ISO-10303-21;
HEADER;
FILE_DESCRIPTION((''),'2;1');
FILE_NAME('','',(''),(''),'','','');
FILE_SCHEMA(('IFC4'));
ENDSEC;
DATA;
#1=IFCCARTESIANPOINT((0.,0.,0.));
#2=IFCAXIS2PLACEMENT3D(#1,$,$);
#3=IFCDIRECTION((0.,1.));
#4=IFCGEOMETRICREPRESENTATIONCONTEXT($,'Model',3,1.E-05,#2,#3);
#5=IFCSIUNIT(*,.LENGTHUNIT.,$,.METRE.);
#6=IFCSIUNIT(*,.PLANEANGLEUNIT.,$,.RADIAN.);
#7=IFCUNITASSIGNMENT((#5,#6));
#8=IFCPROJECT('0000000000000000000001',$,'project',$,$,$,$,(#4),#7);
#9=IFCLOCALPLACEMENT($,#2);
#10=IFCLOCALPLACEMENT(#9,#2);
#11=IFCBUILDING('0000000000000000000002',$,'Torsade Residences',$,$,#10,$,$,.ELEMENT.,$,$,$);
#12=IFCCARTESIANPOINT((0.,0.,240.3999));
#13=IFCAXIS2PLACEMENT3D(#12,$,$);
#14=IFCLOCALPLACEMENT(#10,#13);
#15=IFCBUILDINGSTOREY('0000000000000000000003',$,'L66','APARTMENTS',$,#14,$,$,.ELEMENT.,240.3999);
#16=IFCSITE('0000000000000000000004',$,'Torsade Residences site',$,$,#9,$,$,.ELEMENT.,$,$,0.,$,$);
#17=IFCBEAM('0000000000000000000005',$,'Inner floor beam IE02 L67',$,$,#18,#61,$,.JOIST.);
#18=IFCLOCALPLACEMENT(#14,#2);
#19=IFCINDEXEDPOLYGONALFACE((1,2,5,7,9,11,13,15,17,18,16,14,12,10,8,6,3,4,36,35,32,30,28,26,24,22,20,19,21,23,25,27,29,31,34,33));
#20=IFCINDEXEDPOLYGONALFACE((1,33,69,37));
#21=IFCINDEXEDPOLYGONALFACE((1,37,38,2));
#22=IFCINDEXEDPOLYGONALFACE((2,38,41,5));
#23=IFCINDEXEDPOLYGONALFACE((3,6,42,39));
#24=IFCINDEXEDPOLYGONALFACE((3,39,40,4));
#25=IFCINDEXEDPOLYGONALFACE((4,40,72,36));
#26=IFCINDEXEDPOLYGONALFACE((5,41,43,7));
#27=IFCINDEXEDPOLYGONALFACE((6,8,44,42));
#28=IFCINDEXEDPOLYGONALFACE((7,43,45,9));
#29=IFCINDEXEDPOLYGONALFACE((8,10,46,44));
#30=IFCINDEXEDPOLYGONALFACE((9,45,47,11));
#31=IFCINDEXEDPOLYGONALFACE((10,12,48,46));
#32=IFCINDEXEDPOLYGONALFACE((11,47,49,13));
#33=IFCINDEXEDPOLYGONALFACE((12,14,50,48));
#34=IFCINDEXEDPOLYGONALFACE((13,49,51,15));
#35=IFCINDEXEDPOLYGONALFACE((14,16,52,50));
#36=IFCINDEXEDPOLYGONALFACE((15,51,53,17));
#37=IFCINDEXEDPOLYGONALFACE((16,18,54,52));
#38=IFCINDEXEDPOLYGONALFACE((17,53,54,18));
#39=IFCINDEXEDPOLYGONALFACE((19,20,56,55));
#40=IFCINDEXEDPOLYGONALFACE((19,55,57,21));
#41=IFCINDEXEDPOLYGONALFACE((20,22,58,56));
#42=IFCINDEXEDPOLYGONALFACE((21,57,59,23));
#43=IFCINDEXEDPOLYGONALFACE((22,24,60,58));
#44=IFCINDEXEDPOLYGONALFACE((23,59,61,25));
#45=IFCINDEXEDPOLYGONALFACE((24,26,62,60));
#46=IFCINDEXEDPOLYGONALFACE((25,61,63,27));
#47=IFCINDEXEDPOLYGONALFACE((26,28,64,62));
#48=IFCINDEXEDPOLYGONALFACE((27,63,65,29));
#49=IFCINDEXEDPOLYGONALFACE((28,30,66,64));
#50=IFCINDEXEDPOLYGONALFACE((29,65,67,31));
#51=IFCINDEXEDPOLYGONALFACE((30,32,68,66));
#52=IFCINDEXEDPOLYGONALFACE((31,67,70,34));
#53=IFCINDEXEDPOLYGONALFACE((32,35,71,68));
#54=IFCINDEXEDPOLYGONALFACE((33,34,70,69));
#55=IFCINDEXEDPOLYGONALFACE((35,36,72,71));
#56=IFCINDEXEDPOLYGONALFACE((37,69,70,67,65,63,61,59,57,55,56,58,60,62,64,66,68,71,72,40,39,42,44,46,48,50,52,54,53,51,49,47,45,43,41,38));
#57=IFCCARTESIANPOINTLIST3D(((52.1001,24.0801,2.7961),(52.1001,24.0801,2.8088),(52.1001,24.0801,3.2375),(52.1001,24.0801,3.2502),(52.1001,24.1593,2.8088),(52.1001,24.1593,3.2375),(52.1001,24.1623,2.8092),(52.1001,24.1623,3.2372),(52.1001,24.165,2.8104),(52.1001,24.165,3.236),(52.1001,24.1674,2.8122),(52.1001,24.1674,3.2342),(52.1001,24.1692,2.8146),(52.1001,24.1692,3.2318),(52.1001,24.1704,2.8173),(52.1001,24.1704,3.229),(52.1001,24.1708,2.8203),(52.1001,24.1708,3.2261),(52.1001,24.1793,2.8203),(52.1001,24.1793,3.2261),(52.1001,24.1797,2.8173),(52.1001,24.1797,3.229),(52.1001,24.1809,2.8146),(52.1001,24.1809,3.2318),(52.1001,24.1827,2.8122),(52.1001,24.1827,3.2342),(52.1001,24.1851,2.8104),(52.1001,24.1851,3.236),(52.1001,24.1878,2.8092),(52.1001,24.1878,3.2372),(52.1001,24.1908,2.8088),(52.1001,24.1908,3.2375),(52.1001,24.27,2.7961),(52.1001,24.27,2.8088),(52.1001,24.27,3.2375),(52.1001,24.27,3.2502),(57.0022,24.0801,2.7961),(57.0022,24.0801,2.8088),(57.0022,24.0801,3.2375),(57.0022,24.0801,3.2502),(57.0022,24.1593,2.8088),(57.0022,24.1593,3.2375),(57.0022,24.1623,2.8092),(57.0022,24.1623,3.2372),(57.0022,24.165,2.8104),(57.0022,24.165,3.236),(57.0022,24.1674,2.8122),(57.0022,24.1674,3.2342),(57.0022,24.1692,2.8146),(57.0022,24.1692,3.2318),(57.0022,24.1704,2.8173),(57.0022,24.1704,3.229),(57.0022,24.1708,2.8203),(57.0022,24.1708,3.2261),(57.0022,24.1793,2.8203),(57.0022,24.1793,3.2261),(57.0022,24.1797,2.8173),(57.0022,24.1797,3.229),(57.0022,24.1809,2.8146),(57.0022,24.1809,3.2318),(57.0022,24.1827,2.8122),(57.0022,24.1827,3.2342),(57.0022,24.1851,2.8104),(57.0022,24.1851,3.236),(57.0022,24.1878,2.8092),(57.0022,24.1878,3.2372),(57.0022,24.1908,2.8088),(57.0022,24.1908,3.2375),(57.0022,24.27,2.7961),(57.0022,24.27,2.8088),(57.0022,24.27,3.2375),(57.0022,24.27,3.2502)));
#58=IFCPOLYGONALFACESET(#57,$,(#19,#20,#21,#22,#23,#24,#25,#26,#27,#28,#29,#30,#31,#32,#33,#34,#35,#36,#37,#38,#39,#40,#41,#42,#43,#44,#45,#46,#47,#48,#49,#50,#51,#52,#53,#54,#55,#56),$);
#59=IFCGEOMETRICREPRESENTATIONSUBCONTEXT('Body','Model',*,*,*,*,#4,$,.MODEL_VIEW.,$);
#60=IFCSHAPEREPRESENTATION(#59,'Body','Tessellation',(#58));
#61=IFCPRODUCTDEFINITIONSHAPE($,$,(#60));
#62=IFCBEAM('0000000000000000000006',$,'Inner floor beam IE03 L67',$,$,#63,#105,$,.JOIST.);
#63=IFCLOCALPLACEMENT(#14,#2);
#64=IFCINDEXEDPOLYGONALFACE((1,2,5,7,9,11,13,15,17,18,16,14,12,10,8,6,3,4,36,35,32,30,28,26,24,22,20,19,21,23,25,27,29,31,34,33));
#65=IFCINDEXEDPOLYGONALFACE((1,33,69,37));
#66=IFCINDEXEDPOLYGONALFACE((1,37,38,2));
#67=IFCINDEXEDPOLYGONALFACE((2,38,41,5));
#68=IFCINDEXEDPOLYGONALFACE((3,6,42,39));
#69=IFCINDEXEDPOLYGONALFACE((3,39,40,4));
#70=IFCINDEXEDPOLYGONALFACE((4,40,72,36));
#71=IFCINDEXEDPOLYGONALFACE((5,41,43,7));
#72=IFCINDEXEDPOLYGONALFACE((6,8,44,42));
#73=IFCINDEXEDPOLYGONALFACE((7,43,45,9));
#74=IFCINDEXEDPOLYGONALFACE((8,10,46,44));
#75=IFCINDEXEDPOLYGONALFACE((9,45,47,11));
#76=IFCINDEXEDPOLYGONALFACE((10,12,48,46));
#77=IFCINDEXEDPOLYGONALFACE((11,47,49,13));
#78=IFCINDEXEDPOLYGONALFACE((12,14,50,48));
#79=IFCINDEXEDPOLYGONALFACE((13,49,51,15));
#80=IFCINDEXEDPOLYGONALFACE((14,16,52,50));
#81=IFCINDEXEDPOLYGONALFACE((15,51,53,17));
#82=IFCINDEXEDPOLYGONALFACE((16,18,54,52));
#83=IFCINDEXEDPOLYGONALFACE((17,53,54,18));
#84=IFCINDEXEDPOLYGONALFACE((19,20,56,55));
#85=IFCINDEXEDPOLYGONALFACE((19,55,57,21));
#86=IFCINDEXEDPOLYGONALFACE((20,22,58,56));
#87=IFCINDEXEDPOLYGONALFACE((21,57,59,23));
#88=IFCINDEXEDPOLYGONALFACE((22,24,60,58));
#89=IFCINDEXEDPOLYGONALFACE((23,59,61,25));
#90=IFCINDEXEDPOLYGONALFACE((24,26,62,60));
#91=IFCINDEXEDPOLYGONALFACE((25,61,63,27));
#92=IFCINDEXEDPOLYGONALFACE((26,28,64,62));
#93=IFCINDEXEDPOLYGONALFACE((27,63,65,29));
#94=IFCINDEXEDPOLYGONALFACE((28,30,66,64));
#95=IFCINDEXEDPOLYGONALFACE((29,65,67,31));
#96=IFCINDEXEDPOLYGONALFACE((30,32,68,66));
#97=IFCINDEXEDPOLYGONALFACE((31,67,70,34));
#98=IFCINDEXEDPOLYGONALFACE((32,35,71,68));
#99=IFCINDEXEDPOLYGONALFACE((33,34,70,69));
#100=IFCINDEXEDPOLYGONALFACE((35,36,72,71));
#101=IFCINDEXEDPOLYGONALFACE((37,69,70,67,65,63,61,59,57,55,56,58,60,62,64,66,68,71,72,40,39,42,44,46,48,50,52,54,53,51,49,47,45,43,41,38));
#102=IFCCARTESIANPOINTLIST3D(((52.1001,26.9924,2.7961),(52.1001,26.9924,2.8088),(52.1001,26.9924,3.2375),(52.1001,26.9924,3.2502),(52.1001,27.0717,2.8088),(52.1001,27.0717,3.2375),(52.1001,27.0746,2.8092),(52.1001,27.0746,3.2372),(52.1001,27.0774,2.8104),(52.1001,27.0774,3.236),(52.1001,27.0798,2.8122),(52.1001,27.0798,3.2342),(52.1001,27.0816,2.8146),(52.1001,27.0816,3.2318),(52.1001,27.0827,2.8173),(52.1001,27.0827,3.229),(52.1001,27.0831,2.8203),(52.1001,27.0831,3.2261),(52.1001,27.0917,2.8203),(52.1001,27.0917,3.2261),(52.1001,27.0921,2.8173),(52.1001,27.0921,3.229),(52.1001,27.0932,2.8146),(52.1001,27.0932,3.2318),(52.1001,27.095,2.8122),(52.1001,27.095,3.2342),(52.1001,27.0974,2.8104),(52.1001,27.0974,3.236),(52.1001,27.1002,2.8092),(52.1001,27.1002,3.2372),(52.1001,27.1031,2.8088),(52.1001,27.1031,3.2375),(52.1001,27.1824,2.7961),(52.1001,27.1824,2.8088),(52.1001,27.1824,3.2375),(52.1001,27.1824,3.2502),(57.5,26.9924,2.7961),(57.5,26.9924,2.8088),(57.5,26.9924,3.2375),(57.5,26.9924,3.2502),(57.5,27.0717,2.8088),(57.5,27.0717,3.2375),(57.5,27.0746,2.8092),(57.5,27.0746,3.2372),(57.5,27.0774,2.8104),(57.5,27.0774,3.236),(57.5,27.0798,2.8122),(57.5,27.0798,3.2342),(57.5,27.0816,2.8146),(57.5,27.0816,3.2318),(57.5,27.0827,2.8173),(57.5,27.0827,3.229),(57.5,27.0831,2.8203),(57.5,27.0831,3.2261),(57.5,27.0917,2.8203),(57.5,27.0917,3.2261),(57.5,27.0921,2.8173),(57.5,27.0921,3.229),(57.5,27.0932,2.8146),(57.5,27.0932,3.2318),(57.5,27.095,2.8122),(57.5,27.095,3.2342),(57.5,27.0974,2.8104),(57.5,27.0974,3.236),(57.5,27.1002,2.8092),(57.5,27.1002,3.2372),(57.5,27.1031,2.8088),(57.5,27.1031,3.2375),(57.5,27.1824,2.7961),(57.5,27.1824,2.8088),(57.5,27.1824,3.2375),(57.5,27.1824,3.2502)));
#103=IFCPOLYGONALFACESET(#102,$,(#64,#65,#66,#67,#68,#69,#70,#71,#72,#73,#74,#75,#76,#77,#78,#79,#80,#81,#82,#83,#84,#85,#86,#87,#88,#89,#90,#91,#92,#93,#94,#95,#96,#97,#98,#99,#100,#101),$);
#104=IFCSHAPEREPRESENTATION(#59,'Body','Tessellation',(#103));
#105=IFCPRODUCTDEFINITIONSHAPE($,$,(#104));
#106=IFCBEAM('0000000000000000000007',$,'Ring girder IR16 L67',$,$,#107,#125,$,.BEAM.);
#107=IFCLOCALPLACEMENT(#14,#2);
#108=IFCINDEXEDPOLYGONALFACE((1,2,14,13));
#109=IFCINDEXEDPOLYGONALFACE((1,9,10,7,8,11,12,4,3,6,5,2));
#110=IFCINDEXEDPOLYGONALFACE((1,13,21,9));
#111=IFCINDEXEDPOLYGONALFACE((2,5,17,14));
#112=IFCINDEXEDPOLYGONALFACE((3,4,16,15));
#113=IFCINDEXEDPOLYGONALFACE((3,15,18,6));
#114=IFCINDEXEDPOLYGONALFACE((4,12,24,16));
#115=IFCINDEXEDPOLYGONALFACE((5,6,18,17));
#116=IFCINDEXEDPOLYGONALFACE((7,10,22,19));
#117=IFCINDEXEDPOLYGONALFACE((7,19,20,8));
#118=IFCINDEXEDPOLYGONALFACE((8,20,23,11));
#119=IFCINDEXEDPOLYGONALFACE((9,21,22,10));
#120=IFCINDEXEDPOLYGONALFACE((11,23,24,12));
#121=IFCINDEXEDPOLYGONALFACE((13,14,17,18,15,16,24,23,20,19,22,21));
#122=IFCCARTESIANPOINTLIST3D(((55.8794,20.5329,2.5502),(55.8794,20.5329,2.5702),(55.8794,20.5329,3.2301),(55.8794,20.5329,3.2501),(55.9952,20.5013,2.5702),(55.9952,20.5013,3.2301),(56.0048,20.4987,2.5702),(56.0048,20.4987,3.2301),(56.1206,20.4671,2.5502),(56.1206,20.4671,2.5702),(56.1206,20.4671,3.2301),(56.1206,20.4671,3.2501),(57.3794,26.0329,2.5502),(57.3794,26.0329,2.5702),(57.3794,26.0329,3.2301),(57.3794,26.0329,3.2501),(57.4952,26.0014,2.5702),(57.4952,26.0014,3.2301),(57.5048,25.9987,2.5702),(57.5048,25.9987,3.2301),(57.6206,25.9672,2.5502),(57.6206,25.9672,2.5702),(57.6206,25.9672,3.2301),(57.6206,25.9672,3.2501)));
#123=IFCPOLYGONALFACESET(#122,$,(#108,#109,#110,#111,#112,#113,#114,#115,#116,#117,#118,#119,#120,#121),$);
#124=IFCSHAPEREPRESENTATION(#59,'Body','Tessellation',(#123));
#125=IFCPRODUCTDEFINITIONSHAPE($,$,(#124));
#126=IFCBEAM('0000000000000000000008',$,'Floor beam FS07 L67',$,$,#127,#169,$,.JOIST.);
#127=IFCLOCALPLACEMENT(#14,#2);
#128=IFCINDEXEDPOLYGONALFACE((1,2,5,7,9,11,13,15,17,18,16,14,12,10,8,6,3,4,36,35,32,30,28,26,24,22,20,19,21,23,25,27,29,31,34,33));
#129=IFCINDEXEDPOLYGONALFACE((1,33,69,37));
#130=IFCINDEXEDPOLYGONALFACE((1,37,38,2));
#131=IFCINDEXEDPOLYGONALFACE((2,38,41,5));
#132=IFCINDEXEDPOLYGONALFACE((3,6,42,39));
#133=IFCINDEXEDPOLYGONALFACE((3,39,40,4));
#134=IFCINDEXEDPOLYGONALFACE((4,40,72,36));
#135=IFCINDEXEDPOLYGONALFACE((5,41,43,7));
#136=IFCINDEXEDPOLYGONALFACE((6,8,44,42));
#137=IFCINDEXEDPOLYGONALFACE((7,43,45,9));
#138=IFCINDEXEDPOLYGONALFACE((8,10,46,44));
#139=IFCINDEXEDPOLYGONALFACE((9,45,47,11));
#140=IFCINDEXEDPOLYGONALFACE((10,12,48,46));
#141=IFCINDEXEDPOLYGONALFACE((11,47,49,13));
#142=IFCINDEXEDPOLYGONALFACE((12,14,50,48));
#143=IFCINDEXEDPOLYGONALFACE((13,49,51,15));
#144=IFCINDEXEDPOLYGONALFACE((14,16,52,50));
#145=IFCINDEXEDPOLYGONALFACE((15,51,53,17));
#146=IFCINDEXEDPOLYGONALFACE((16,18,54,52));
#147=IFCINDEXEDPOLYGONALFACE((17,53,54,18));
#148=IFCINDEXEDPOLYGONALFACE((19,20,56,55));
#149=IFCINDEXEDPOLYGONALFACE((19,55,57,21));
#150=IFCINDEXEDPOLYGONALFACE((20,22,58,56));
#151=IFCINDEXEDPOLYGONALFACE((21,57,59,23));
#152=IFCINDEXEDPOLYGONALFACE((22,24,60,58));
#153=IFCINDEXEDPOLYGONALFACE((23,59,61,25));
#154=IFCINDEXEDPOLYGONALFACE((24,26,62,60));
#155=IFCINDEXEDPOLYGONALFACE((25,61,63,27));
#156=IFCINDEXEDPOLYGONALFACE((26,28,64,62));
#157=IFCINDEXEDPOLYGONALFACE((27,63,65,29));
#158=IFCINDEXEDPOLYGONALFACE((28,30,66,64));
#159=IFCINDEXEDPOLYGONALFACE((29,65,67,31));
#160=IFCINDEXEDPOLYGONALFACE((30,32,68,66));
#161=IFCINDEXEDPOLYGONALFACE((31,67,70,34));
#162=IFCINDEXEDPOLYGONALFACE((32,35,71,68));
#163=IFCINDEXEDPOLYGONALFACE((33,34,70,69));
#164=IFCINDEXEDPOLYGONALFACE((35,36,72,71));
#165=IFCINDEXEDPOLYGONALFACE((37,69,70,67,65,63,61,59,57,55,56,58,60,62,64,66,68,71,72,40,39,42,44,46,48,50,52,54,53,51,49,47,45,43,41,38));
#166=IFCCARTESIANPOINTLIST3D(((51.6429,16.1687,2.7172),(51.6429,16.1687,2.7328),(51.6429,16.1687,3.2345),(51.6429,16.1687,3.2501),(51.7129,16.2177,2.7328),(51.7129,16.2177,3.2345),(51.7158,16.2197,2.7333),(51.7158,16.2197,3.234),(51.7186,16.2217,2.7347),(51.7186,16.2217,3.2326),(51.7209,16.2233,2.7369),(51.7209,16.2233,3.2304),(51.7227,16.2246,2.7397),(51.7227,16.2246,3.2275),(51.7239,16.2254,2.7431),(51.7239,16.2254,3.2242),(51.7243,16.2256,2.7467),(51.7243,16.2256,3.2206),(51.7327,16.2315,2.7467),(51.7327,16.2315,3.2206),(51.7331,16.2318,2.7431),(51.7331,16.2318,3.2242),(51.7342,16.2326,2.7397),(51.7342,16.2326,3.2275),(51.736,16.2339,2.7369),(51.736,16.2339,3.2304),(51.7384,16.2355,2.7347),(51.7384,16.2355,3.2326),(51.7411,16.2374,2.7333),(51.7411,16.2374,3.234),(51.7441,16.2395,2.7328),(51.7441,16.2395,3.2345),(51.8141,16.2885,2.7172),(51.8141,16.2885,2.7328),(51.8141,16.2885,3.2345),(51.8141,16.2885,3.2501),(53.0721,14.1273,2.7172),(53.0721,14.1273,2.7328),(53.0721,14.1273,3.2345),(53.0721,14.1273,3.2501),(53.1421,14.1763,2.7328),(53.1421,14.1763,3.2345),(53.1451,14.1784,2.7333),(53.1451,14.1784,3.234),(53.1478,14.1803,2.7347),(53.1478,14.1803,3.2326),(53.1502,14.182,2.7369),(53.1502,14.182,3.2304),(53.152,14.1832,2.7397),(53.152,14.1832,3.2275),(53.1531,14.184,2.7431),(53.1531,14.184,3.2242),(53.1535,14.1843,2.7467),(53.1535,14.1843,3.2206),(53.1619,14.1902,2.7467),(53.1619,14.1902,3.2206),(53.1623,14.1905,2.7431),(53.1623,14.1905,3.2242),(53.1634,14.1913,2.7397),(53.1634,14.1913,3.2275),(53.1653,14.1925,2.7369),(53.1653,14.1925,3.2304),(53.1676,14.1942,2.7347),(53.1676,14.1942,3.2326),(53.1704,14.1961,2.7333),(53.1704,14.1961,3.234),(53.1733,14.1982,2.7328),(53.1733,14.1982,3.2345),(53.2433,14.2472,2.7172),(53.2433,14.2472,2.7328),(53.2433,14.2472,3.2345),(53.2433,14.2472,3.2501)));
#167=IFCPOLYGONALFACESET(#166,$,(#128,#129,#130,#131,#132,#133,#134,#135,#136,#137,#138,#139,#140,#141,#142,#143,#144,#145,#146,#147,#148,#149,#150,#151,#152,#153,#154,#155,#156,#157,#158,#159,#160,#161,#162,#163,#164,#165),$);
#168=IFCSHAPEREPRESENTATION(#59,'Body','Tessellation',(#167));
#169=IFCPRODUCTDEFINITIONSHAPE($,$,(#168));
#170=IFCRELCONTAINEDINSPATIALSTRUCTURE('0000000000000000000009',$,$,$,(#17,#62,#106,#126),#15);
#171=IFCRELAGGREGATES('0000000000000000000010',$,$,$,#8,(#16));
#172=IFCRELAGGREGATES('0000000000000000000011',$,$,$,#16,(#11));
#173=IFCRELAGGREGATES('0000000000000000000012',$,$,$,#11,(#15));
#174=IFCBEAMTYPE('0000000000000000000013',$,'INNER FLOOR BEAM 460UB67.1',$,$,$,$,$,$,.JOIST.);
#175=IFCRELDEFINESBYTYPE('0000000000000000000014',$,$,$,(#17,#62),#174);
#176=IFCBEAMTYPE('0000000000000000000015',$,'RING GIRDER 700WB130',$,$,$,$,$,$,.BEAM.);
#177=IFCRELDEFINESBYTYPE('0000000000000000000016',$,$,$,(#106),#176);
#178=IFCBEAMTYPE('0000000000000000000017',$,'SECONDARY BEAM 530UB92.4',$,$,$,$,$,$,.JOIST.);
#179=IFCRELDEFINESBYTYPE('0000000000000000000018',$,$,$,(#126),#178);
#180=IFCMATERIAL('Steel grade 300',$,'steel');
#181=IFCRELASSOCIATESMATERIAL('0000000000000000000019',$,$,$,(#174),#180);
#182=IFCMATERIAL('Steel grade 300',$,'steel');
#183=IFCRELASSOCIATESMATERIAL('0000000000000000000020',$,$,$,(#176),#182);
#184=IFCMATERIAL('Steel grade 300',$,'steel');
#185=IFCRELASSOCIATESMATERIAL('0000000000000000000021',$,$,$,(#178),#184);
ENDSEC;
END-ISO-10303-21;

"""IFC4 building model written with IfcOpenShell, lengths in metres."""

from ifc_helpers import new_model, si_unit, direction, frame, origin, origin_2d, place, context, subcontext, project, spatial, i_section, extrude, material, material_profile, profile_set, type_object, element, save


model = new_model("IFC4")

# Units and contexts
model_context = context("Model", 3, precision=1e-05, world=origin(), true_north=direction((0.0, 1.0)))
body_context = subcontext(model_context, "Body", "Model", "MODEL_VIEW")
ifc_project = project(units=[si_unit("LENGTHUNIT", "METRE"), si_unit("PLANEANGLEUNIT", "RADIAN")], contexts=[model_context])

# Site, building, storey
site_placement = place(None, origin())
site = spatial("IfcSite", under=ifc_project, at=site_placement, Name="Torsade Residences site", CompositionType="ELEMENT", RefElevation=0.0)
building_placement = place(site_placement, origin())
building = spatial("IfcBuilding", under=site, at=building_placement, Name="Torsade Residences", CompositionType="ELEMENT")
storey_placement = place(building_placement, frame((0.0, 0.0, 240.3999)))
storey = spatial("IfcBuildingStorey", under=building, at=storey_placement, Name="L66", Description="APARTMENTS", CompositionType="ELEMENT", Elevation=240.3999)

# Beams
ifc_material_1 = material(Name="Steel grade 300", Category="steel")
ifc_material_profile_1 = material_profile(ifc_material_1, i_section(OverallWidth=0.1899, OverallDepth=0.4541, WebThickness=0.0085, FlangeThickness=0.0127, FilletRadius=0.0115, at=origin_2d()), Name="460UB67.1")
ifc_profile_set_1 = profile_set([ifc_material_profile_1], Name="Steel grade 300")
beam_type_1 = type_object("IfcBeamType", Name="INNER FLOOR BEAM 460UB67.1", PredefinedType="JOIST", material=ifc_profile_set_1)
beam_1_placement = place(storey_placement, frame((52.1001, 24.175, 3.0232), z_axis=(1.0, 0.0, 0.0), x_axis=(0.0, 1.0, 0.0)))
element("IfcBeam", 1, at=beam_1_placement, inside=storey, type_object=beam_type_1, Name="Inner floor beam IE02 L67", PredefinedType="JOIST", context=body_context, shape_type="SweptSolid", body=[
    extrude(i_section(OverallWidth=0.1899, OverallDepth=0.4541, WebThickness=0.0085, FlangeThickness=0.0127, FilletRadius=0.0115, at=origin_2d()), origin(), (0.0, 0.0, 1.0), 4.9021),
])
beam_2_placement = place(storey_placement, frame((52.1001, 27.0874, 3.0232), z_axis=(1.0, 0.0, 0.0), x_axis=(0.0, 1.0, 0.0)))
element("IfcBeam", 2, at=beam_2_placement, inside=storey, type_object=beam_type_1, Name="Inner floor beam IE03 L67", PredefinedType="JOIST", context=body_context, shape_type="SweptSolid", body=[
    extrude(i_section(OverallWidth=0.1899, OverallDepth=0.4541, WebThickness=0.0085, FlangeThickness=0.0127, FilletRadius=0.0115, at=origin_2d()), origin(), (0.0, 0.0, 1.0), 5.3999),
])
ifc_material_2 = material(Name="Steel grade 300", Category="steel")
ifc_material_profile_2 = material_profile(ifc_material_2, i_section(OverallWidth=0.25, OverallDepth=0.7, WebThickness=0.01, FlangeThickness=0.02, at=origin_2d()), Name="700WB130")
ifc_profile_set_2 = profile_set([ifc_material_profile_2], Name="Steel grade 300")
beam_type_2 = type_object("IfcBeamType", Name="RING GIRDER 700WB130", PredefinedType="BEAM", material=ifc_profile_set_2)
beam_3_placement = place(storey_placement, frame((56.0, 20.5, 2.9001), z_axis=(0.263117, 0.964764, 0.0), x_axis=(-0.964764, 0.263117, 0.0)))
element("IfcBeam", 3, at=beam_3_placement, inside=storey, type_object=beam_type_2, Name="Ring girder IR16 L67", PredefinedType="BEAM", context=body_context, shape_type="SweptSolid", body=[
    extrude(i_section(OverallWidth=0.25, OverallDepth=0.7, WebThickness=0.01, FlangeThickness=0.02, at=origin_2d()), origin(), (0.0, 0.0, 1.0), 5.7009),
])
ifc_material_3 = material(Name="Steel grade 300", Category="steel")
ifc_material_profile_3 = material_profile(ifc_material_3, i_section(OverallWidth=0.209, OverallDepth=0.533, WebThickness=0.0103, FlangeThickness=0.0156, FilletRadius=0.0139, at=origin_2d()), Name="530UB92.4")
ifc_profile_set_3 = profile_set([ifc_material_profile_3], Name="Steel grade 300")
beam_type_3 = type_object("IfcBeamType", Name="SECONDARY BEAM 530UB92.4", PredefinedType="JOIST", material=ifc_profile_set_3)
beam_4_placement = place(storey_placement, frame((53.1577, 14.1873, 2.9836), z_axis=(-0.573548, 0.819172, 0.0), x_axis=(-0.819172, -0.573548, 0.0)))
element("IfcBeam", 4, at=beam_4_placement, inside=storey, type_object=beam_type_3, Name="Floor beam FS07 L67", PredefinedType="JOIST", context=body_context, shape_type="SweptSolid", body=[
    extrude(i_section(OverallWidth=0.209, OverallDepth=0.533, WebThickness=0.0103, FlangeThickness=0.0156, FilletRadius=0.0139, at=origin_2d()), origin(), (0.0, 0.0, 1.0), 2.4919),
])

save(model, "model.ifc")
